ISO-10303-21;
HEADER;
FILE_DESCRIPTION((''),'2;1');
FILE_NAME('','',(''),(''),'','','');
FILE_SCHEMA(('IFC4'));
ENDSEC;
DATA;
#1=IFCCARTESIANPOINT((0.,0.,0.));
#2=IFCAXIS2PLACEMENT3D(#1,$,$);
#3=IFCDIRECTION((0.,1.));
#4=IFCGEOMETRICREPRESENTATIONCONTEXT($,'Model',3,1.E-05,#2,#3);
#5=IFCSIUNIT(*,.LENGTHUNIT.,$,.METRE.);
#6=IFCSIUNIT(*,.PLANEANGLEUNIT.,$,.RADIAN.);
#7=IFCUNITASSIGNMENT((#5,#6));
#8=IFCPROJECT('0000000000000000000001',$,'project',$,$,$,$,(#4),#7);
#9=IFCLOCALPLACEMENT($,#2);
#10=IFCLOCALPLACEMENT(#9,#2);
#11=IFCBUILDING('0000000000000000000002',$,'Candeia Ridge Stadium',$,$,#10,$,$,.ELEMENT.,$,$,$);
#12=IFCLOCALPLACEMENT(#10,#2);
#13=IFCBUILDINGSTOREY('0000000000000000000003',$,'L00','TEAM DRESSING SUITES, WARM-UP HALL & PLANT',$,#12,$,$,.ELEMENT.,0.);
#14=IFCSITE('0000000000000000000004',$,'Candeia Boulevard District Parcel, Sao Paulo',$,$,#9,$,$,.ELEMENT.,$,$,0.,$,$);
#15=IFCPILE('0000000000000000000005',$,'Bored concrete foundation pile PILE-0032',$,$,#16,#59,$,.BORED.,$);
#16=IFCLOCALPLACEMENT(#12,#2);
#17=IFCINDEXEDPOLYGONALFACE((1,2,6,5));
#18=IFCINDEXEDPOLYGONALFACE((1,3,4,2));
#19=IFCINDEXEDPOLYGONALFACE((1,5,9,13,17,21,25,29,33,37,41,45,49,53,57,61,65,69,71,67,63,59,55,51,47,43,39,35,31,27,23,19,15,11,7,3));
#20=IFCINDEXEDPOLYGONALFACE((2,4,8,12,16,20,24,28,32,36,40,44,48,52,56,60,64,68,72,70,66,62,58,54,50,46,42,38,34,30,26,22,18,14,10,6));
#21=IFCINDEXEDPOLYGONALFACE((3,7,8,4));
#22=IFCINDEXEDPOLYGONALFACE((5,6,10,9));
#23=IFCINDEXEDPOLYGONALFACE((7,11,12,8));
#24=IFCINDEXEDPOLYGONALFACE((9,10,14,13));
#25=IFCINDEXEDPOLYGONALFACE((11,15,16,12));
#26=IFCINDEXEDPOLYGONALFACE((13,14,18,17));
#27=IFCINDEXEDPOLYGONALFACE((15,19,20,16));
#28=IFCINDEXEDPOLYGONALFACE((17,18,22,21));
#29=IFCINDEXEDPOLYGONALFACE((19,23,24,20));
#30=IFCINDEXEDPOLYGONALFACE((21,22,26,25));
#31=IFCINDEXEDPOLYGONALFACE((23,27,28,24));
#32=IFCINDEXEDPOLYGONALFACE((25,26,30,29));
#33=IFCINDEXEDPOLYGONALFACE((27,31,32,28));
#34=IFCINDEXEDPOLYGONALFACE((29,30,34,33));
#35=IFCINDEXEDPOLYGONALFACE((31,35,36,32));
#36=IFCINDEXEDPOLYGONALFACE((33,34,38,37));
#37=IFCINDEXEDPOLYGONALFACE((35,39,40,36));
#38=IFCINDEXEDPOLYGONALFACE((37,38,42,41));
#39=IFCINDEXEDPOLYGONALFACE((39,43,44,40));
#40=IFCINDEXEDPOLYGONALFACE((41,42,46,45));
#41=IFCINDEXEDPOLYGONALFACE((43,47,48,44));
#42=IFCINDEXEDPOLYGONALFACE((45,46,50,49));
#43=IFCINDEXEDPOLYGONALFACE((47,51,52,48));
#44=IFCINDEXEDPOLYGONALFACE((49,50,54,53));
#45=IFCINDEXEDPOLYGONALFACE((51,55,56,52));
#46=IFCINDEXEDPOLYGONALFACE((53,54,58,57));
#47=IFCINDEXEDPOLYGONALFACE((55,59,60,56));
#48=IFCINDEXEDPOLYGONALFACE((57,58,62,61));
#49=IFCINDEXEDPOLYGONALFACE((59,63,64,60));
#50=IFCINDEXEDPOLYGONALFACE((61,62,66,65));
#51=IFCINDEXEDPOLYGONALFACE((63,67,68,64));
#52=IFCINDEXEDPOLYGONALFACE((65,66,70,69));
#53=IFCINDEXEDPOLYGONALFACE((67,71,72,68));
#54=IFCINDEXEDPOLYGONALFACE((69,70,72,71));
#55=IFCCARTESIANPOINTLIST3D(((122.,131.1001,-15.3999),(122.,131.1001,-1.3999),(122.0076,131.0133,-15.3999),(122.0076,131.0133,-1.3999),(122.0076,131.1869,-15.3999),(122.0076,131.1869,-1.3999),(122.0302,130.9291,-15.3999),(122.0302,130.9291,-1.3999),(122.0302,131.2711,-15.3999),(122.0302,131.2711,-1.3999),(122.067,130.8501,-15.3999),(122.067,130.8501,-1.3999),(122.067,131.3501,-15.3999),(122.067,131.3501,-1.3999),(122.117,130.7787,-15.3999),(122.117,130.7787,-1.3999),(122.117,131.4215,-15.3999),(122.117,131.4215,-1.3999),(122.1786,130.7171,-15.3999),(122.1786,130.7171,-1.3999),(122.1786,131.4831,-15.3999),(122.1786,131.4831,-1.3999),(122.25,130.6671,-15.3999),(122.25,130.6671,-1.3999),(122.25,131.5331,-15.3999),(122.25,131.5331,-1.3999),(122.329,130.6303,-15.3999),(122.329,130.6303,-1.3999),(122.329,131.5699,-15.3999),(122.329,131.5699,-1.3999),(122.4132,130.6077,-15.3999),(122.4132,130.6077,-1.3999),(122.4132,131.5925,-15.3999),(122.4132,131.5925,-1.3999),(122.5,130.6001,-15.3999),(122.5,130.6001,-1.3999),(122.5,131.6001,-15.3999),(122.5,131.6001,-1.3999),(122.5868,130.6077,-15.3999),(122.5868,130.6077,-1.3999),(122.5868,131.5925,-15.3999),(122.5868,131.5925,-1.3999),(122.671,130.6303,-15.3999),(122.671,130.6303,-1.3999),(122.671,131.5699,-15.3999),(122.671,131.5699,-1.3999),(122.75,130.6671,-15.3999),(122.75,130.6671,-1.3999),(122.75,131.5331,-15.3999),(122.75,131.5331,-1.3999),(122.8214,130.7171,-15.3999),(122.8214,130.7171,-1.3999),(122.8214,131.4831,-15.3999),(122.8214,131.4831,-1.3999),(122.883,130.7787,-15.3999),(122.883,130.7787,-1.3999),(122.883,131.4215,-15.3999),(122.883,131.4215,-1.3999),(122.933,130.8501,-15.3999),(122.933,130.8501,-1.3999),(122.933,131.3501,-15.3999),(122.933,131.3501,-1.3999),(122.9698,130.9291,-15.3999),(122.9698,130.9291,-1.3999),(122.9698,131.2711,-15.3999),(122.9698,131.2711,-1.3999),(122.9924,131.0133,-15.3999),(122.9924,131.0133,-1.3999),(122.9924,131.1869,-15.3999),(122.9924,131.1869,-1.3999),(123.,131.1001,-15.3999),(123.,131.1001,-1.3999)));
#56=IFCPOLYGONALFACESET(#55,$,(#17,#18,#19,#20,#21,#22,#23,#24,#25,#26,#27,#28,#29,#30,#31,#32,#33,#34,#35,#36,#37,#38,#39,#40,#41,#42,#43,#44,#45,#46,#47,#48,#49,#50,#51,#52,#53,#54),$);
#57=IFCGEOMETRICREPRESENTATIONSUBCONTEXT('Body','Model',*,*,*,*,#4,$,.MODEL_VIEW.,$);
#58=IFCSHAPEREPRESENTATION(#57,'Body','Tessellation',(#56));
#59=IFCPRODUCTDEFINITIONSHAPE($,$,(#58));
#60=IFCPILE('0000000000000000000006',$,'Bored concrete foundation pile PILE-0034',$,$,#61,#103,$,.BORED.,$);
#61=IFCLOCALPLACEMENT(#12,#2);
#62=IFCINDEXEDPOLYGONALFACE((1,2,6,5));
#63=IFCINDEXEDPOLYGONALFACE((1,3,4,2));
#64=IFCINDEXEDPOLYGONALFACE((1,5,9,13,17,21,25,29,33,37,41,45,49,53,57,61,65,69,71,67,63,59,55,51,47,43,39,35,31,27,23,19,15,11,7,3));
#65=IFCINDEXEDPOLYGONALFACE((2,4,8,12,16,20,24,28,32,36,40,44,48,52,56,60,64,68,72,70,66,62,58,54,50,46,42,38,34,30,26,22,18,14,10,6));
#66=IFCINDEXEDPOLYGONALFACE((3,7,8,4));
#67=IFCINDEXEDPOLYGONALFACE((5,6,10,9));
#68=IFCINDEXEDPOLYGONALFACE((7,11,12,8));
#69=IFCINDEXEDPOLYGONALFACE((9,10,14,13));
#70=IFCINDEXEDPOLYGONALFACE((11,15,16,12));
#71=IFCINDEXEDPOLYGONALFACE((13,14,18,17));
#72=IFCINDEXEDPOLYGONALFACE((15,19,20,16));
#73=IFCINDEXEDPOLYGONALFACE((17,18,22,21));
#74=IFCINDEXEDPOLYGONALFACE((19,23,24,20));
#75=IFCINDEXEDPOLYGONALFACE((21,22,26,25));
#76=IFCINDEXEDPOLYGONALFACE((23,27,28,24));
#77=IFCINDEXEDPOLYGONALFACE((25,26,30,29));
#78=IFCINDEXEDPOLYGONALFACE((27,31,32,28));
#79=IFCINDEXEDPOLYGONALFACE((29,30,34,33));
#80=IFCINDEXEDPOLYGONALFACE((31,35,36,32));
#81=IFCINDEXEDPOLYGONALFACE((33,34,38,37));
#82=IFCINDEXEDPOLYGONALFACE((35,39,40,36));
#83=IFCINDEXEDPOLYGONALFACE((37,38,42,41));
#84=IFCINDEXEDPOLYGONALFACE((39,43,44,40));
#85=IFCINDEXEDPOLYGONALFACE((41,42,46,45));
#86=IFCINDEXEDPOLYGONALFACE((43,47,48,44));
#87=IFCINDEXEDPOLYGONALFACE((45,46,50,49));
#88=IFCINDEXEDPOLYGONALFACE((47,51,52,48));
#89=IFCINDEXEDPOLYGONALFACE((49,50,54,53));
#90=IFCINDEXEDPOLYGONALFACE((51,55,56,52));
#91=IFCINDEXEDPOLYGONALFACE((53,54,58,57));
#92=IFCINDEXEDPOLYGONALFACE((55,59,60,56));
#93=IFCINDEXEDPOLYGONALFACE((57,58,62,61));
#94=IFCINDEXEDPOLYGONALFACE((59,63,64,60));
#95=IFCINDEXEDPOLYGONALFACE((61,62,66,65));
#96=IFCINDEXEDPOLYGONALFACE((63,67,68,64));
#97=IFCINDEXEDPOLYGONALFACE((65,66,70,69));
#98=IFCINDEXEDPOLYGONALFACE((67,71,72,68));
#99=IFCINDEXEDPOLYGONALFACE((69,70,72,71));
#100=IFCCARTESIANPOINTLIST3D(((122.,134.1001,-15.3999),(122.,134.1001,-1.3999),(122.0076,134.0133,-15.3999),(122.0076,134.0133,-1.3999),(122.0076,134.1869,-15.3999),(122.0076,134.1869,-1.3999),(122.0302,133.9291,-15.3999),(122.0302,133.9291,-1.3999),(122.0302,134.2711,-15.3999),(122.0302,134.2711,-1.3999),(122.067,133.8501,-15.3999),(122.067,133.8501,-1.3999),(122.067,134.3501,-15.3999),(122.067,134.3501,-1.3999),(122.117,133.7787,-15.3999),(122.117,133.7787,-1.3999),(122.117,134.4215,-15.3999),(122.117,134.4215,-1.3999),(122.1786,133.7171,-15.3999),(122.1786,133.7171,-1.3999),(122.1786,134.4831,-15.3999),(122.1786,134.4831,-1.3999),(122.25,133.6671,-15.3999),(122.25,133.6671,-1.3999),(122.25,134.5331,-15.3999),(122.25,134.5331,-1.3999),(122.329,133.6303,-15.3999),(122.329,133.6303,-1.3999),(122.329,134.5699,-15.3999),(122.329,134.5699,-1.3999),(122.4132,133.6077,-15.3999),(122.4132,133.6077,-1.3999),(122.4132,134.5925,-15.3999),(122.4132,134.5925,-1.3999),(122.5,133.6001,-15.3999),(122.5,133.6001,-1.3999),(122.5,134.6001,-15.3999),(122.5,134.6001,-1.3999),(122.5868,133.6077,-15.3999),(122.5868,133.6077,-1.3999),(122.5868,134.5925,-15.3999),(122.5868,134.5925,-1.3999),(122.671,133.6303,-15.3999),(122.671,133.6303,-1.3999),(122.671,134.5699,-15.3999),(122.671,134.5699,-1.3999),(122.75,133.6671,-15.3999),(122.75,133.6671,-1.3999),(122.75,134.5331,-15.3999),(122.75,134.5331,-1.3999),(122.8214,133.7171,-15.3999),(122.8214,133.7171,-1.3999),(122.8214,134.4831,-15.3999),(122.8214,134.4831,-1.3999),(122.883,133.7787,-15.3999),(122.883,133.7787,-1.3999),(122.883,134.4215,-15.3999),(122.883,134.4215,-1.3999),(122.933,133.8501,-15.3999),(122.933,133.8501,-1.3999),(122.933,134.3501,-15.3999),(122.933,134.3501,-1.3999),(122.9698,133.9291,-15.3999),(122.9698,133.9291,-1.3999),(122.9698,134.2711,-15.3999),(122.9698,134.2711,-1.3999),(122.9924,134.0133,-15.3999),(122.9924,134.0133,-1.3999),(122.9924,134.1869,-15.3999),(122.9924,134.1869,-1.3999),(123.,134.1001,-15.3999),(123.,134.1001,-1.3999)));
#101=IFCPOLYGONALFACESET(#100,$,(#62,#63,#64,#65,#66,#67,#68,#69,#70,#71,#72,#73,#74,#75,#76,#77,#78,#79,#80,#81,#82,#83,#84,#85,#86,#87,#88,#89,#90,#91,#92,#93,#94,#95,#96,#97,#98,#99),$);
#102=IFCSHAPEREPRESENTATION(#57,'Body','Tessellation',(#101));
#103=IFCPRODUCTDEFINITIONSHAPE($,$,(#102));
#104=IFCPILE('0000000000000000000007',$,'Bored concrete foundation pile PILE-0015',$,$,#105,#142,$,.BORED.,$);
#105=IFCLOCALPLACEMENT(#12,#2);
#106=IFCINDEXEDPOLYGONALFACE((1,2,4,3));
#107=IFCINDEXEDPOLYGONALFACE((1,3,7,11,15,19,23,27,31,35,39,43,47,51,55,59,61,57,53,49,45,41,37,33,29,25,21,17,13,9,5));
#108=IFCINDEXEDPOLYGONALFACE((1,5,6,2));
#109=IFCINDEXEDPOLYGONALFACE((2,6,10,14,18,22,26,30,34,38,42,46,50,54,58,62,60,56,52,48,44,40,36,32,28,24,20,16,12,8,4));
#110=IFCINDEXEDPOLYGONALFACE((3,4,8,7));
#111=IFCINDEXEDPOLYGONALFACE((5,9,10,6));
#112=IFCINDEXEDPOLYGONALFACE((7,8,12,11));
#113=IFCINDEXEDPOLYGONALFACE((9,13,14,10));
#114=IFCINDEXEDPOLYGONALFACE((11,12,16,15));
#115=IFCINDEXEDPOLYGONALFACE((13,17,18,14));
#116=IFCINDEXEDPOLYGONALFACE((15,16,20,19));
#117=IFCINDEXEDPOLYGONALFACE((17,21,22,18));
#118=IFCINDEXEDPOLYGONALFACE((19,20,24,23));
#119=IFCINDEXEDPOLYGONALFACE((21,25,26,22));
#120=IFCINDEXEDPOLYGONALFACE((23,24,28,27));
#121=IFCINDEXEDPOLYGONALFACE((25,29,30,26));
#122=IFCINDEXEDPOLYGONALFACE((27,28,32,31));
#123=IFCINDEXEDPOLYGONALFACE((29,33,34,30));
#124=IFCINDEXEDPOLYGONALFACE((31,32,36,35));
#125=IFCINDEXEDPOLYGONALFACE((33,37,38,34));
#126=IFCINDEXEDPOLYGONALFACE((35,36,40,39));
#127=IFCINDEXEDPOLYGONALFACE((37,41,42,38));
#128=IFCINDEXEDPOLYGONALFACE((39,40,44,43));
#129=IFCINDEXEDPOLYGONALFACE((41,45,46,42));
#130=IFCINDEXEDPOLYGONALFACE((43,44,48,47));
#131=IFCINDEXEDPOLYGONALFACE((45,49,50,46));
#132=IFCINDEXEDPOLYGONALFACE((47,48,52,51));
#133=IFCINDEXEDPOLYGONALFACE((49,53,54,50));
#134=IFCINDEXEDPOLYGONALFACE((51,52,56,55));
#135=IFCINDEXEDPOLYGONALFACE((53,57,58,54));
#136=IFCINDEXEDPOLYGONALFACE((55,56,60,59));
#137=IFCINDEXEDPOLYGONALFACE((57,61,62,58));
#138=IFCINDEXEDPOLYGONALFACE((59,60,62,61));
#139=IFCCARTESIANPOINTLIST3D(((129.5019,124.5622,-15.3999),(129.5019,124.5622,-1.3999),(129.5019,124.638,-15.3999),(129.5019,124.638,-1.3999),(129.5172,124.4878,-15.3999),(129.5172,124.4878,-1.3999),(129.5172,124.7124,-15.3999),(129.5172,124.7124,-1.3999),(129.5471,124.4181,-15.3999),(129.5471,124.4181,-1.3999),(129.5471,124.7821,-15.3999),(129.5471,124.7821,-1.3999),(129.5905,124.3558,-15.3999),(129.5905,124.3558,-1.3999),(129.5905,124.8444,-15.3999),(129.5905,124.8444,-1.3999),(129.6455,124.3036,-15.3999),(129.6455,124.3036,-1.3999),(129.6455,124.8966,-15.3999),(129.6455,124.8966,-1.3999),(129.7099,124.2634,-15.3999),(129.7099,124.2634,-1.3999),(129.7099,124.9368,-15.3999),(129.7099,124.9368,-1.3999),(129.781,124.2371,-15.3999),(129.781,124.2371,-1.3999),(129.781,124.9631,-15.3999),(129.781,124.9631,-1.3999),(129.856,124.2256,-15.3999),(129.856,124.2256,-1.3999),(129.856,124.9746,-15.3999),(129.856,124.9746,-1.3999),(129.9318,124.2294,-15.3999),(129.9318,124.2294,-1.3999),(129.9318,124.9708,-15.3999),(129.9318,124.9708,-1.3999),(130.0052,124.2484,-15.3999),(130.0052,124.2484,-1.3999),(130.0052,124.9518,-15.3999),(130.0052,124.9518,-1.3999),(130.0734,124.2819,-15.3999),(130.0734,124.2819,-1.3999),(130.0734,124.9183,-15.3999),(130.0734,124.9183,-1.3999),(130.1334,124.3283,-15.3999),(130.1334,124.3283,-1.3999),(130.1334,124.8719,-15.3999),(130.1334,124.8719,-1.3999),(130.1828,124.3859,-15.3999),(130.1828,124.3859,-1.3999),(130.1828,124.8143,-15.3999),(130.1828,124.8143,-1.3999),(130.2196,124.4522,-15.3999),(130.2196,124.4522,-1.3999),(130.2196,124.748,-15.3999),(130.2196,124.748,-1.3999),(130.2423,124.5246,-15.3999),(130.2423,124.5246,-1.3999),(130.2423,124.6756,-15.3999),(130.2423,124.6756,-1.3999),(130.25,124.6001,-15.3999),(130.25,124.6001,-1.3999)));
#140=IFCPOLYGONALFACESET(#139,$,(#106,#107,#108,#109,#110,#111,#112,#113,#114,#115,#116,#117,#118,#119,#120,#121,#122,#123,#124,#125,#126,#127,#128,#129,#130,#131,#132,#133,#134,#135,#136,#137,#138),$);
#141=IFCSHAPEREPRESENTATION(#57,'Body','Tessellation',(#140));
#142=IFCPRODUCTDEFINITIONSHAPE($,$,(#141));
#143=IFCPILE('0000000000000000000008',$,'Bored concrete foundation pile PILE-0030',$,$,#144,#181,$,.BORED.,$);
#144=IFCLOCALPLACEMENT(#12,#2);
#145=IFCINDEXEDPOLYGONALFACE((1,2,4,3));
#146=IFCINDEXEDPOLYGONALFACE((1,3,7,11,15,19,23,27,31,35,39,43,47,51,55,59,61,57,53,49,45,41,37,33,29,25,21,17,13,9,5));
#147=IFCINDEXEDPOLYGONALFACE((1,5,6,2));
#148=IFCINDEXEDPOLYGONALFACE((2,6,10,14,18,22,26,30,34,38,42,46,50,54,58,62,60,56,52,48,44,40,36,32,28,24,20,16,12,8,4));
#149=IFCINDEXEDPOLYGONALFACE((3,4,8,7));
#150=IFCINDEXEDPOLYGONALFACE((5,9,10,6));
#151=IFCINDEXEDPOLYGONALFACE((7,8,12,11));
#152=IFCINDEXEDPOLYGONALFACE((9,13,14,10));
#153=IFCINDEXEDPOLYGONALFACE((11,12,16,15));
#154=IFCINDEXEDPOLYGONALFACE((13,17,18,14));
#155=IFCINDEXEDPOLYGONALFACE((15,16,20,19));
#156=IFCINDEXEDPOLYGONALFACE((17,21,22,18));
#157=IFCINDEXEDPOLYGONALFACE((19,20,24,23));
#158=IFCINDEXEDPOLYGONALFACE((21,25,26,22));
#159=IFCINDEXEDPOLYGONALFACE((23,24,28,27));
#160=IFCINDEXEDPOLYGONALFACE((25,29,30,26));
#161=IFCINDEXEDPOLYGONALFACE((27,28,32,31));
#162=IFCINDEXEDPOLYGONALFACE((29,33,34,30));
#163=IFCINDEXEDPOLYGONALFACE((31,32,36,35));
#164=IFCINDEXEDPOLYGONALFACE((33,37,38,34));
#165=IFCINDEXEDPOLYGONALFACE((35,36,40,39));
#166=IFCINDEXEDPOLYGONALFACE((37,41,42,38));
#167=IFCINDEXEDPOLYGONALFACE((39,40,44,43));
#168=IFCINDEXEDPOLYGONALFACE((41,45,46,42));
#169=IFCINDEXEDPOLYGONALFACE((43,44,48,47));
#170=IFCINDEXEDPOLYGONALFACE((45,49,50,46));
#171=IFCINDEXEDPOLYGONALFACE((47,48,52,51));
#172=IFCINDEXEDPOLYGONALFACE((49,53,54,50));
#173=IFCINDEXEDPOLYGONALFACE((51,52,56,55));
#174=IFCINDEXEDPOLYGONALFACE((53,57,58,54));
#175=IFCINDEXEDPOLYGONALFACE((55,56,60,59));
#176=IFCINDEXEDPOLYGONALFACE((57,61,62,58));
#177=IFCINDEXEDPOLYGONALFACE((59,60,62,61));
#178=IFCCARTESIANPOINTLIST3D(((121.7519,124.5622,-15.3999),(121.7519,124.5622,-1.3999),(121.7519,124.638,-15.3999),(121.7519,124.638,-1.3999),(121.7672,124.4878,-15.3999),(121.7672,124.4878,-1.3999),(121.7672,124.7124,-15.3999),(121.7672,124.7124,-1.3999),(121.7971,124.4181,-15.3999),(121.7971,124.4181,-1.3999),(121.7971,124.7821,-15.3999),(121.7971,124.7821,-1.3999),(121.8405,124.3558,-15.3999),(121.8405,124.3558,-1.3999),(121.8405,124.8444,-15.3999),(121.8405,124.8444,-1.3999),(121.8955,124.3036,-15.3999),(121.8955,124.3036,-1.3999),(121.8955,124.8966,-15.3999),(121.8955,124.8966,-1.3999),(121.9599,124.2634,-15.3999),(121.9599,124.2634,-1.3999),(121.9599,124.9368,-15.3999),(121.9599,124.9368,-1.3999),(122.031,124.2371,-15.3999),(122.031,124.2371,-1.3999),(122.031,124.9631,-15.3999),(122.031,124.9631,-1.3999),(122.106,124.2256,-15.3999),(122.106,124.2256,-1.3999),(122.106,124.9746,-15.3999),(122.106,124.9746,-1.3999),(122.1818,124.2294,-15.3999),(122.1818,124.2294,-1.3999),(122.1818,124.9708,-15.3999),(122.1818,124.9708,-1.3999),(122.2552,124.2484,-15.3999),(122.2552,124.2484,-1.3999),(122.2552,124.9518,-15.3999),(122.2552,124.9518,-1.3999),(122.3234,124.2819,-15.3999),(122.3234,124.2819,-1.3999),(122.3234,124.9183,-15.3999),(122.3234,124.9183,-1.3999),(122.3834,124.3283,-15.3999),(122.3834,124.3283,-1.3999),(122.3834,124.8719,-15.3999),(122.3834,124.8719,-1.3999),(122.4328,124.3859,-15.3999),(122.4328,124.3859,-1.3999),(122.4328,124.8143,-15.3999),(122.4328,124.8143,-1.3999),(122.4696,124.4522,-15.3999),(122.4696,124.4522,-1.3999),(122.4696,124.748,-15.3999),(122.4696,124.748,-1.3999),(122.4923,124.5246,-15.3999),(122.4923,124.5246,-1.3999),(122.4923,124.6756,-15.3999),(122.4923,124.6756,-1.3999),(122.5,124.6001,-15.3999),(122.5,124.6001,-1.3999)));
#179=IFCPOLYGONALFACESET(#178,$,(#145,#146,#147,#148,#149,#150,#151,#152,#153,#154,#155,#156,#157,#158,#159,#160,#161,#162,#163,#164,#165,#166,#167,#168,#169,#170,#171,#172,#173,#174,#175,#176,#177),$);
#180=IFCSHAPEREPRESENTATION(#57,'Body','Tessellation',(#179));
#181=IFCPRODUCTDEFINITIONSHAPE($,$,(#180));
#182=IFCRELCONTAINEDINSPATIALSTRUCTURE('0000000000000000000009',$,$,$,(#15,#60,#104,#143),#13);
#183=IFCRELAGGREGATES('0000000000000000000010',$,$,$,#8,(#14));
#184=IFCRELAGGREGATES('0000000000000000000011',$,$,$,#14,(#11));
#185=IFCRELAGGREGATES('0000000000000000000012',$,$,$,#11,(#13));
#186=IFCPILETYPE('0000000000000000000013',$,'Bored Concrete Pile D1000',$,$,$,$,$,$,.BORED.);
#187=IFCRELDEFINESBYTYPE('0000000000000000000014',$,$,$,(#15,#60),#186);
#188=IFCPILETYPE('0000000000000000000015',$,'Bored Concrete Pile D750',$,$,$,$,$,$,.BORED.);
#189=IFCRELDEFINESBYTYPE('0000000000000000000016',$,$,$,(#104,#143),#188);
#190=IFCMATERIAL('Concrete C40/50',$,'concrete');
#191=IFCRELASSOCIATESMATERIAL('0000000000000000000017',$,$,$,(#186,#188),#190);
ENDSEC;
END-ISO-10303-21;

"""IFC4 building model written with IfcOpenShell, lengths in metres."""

from ifc_helpers import new_model, si_unit, direction, frame, origin, origin_2d, place, context, subcontext, project, spatial, circle, extrude, material, material_profile, profile_set, type_object, element, save


model = new_model("IFC4")

# Units and contexts
model_context = context("Model", 3, precision=1e-05, world=origin(), true_north=direction((0.0, 1.0)))
body_context = subcontext(model_context, "Body", "Model", "MODEL_VIEW")
ifc_project = project(units=[si_unit("LENGTHUNIT", "METRE"), si_unit("PLANEANGLEUNIT", "RADIAN")], contexts=[model_context])

# Site, building, storey
site_placement = place(None, origin())
site = spatial("IfcSite", under=ifc_project, at=site_placement, Name="Candeia Boulevard District Parcel, Sao Paulo", CompositionType="ELEMENT", RefElevation=0.0)
building_placement = place(site_placement, origin())
building = spatial("IfcBuilding", under=site, at=building_placement, Name="Candeia Ridge Stadium", CompositionType="ELEMENT")
storey_placement = place(building_placement, origin())
storey = spatial("IfcBuildingStorey", under=building, at=storey_placement, Name="L00", Description="TEAM DRESSING SUITES, WARM-UP HALL & PLANT", CompositionType="ELEMENT", Elevation=0.0)

# Piles
ifc_material_1 = material(Name="Concrete C40/50", Category="concrete")
ifc_material_profile_1 = material_profile(ifc_material_1, circle(Radius=0.5, at=origin_2d()), Name="PILE-D1000", Category="concrete")
ifc_profile_set_1 = profile_set([ifc_material_profile_1], Name="Concrete C40/50")
pile_type_1 = type_object("IfcPileType", Name="Bored Concrete Pile D1000", PredefinedType="BORED", material=ifc_profile_set_1)
for number, where, z_axis, x_axis, name in (
    (1, (122.5, 131.1001, -1.3999), (0.0, 0.0, -1.0), (1.0, 0.0, 0.0), "Bored concrete foundation pile PILE-0032"),
    (2, (122.5, 134.1001, -1.3999), (0.0, 0.0, -1.0), (1.0, 0.0, 0.0), "Bored concrete foundation pile PILE-0034"),
):
    element("IfcPile", number, at=place(storey_placement, frame(where, z_axis=z_axis, x_axis=x_axis)), inside=storey, type_object=pile_type_1, Name=name, PredefinedType="BORED", context=body_context, shape_type="SweptSolid", body=[
        extrude(circle(Radius=0.5, at=origin_2d()), origin(), (0.0, 0.0, 1.0), 14.0),
    ])
ifc_material_profile_2 = material_profile(ifc_material_1, circle(Radius=0.375, at=origin_2d()), Name="PILE-D750", Category="concrete")
ifc_profile_set_2 = profile_set([ifc_material_profile_2], Name="Concrete C40/50")
pile_type_2 = type_object("IfcPileType", Name="Bored Concrete Pile D750", PredefinedType="BORED", material=ifc_profile_set_2)
for number, where, z_axis, x_axis, name in (
    (3, (129.875, 124.6001, -1.3999), (0.0, 0.0, -1.0), (1.0, 0.0, 0.0), "Bored concrete foundation pile PILE-0015"),
    (4, (122.125, 124.6001, -1.3999), (0.0, 0.0, -1.0), (1.0, 0.0, 0.0), "Bored concrete foundation pile PILE-0030"),
):
    element("IfcPile", number, at=place(storey_placement, frame(where, z_axis=z_axis, x_axis=x_axis)), inside=storey, type_object=pile_type_2, Name=name, PredefinedType="BORED", context=body_context, shape_type="SweptSolid", body=[
        extrude(circle(Radius=0.375, at=origin_2d()), origin(), (0.0, 0.0, 1.0), 14.0),
    ])

save(model, "model.ifc")
